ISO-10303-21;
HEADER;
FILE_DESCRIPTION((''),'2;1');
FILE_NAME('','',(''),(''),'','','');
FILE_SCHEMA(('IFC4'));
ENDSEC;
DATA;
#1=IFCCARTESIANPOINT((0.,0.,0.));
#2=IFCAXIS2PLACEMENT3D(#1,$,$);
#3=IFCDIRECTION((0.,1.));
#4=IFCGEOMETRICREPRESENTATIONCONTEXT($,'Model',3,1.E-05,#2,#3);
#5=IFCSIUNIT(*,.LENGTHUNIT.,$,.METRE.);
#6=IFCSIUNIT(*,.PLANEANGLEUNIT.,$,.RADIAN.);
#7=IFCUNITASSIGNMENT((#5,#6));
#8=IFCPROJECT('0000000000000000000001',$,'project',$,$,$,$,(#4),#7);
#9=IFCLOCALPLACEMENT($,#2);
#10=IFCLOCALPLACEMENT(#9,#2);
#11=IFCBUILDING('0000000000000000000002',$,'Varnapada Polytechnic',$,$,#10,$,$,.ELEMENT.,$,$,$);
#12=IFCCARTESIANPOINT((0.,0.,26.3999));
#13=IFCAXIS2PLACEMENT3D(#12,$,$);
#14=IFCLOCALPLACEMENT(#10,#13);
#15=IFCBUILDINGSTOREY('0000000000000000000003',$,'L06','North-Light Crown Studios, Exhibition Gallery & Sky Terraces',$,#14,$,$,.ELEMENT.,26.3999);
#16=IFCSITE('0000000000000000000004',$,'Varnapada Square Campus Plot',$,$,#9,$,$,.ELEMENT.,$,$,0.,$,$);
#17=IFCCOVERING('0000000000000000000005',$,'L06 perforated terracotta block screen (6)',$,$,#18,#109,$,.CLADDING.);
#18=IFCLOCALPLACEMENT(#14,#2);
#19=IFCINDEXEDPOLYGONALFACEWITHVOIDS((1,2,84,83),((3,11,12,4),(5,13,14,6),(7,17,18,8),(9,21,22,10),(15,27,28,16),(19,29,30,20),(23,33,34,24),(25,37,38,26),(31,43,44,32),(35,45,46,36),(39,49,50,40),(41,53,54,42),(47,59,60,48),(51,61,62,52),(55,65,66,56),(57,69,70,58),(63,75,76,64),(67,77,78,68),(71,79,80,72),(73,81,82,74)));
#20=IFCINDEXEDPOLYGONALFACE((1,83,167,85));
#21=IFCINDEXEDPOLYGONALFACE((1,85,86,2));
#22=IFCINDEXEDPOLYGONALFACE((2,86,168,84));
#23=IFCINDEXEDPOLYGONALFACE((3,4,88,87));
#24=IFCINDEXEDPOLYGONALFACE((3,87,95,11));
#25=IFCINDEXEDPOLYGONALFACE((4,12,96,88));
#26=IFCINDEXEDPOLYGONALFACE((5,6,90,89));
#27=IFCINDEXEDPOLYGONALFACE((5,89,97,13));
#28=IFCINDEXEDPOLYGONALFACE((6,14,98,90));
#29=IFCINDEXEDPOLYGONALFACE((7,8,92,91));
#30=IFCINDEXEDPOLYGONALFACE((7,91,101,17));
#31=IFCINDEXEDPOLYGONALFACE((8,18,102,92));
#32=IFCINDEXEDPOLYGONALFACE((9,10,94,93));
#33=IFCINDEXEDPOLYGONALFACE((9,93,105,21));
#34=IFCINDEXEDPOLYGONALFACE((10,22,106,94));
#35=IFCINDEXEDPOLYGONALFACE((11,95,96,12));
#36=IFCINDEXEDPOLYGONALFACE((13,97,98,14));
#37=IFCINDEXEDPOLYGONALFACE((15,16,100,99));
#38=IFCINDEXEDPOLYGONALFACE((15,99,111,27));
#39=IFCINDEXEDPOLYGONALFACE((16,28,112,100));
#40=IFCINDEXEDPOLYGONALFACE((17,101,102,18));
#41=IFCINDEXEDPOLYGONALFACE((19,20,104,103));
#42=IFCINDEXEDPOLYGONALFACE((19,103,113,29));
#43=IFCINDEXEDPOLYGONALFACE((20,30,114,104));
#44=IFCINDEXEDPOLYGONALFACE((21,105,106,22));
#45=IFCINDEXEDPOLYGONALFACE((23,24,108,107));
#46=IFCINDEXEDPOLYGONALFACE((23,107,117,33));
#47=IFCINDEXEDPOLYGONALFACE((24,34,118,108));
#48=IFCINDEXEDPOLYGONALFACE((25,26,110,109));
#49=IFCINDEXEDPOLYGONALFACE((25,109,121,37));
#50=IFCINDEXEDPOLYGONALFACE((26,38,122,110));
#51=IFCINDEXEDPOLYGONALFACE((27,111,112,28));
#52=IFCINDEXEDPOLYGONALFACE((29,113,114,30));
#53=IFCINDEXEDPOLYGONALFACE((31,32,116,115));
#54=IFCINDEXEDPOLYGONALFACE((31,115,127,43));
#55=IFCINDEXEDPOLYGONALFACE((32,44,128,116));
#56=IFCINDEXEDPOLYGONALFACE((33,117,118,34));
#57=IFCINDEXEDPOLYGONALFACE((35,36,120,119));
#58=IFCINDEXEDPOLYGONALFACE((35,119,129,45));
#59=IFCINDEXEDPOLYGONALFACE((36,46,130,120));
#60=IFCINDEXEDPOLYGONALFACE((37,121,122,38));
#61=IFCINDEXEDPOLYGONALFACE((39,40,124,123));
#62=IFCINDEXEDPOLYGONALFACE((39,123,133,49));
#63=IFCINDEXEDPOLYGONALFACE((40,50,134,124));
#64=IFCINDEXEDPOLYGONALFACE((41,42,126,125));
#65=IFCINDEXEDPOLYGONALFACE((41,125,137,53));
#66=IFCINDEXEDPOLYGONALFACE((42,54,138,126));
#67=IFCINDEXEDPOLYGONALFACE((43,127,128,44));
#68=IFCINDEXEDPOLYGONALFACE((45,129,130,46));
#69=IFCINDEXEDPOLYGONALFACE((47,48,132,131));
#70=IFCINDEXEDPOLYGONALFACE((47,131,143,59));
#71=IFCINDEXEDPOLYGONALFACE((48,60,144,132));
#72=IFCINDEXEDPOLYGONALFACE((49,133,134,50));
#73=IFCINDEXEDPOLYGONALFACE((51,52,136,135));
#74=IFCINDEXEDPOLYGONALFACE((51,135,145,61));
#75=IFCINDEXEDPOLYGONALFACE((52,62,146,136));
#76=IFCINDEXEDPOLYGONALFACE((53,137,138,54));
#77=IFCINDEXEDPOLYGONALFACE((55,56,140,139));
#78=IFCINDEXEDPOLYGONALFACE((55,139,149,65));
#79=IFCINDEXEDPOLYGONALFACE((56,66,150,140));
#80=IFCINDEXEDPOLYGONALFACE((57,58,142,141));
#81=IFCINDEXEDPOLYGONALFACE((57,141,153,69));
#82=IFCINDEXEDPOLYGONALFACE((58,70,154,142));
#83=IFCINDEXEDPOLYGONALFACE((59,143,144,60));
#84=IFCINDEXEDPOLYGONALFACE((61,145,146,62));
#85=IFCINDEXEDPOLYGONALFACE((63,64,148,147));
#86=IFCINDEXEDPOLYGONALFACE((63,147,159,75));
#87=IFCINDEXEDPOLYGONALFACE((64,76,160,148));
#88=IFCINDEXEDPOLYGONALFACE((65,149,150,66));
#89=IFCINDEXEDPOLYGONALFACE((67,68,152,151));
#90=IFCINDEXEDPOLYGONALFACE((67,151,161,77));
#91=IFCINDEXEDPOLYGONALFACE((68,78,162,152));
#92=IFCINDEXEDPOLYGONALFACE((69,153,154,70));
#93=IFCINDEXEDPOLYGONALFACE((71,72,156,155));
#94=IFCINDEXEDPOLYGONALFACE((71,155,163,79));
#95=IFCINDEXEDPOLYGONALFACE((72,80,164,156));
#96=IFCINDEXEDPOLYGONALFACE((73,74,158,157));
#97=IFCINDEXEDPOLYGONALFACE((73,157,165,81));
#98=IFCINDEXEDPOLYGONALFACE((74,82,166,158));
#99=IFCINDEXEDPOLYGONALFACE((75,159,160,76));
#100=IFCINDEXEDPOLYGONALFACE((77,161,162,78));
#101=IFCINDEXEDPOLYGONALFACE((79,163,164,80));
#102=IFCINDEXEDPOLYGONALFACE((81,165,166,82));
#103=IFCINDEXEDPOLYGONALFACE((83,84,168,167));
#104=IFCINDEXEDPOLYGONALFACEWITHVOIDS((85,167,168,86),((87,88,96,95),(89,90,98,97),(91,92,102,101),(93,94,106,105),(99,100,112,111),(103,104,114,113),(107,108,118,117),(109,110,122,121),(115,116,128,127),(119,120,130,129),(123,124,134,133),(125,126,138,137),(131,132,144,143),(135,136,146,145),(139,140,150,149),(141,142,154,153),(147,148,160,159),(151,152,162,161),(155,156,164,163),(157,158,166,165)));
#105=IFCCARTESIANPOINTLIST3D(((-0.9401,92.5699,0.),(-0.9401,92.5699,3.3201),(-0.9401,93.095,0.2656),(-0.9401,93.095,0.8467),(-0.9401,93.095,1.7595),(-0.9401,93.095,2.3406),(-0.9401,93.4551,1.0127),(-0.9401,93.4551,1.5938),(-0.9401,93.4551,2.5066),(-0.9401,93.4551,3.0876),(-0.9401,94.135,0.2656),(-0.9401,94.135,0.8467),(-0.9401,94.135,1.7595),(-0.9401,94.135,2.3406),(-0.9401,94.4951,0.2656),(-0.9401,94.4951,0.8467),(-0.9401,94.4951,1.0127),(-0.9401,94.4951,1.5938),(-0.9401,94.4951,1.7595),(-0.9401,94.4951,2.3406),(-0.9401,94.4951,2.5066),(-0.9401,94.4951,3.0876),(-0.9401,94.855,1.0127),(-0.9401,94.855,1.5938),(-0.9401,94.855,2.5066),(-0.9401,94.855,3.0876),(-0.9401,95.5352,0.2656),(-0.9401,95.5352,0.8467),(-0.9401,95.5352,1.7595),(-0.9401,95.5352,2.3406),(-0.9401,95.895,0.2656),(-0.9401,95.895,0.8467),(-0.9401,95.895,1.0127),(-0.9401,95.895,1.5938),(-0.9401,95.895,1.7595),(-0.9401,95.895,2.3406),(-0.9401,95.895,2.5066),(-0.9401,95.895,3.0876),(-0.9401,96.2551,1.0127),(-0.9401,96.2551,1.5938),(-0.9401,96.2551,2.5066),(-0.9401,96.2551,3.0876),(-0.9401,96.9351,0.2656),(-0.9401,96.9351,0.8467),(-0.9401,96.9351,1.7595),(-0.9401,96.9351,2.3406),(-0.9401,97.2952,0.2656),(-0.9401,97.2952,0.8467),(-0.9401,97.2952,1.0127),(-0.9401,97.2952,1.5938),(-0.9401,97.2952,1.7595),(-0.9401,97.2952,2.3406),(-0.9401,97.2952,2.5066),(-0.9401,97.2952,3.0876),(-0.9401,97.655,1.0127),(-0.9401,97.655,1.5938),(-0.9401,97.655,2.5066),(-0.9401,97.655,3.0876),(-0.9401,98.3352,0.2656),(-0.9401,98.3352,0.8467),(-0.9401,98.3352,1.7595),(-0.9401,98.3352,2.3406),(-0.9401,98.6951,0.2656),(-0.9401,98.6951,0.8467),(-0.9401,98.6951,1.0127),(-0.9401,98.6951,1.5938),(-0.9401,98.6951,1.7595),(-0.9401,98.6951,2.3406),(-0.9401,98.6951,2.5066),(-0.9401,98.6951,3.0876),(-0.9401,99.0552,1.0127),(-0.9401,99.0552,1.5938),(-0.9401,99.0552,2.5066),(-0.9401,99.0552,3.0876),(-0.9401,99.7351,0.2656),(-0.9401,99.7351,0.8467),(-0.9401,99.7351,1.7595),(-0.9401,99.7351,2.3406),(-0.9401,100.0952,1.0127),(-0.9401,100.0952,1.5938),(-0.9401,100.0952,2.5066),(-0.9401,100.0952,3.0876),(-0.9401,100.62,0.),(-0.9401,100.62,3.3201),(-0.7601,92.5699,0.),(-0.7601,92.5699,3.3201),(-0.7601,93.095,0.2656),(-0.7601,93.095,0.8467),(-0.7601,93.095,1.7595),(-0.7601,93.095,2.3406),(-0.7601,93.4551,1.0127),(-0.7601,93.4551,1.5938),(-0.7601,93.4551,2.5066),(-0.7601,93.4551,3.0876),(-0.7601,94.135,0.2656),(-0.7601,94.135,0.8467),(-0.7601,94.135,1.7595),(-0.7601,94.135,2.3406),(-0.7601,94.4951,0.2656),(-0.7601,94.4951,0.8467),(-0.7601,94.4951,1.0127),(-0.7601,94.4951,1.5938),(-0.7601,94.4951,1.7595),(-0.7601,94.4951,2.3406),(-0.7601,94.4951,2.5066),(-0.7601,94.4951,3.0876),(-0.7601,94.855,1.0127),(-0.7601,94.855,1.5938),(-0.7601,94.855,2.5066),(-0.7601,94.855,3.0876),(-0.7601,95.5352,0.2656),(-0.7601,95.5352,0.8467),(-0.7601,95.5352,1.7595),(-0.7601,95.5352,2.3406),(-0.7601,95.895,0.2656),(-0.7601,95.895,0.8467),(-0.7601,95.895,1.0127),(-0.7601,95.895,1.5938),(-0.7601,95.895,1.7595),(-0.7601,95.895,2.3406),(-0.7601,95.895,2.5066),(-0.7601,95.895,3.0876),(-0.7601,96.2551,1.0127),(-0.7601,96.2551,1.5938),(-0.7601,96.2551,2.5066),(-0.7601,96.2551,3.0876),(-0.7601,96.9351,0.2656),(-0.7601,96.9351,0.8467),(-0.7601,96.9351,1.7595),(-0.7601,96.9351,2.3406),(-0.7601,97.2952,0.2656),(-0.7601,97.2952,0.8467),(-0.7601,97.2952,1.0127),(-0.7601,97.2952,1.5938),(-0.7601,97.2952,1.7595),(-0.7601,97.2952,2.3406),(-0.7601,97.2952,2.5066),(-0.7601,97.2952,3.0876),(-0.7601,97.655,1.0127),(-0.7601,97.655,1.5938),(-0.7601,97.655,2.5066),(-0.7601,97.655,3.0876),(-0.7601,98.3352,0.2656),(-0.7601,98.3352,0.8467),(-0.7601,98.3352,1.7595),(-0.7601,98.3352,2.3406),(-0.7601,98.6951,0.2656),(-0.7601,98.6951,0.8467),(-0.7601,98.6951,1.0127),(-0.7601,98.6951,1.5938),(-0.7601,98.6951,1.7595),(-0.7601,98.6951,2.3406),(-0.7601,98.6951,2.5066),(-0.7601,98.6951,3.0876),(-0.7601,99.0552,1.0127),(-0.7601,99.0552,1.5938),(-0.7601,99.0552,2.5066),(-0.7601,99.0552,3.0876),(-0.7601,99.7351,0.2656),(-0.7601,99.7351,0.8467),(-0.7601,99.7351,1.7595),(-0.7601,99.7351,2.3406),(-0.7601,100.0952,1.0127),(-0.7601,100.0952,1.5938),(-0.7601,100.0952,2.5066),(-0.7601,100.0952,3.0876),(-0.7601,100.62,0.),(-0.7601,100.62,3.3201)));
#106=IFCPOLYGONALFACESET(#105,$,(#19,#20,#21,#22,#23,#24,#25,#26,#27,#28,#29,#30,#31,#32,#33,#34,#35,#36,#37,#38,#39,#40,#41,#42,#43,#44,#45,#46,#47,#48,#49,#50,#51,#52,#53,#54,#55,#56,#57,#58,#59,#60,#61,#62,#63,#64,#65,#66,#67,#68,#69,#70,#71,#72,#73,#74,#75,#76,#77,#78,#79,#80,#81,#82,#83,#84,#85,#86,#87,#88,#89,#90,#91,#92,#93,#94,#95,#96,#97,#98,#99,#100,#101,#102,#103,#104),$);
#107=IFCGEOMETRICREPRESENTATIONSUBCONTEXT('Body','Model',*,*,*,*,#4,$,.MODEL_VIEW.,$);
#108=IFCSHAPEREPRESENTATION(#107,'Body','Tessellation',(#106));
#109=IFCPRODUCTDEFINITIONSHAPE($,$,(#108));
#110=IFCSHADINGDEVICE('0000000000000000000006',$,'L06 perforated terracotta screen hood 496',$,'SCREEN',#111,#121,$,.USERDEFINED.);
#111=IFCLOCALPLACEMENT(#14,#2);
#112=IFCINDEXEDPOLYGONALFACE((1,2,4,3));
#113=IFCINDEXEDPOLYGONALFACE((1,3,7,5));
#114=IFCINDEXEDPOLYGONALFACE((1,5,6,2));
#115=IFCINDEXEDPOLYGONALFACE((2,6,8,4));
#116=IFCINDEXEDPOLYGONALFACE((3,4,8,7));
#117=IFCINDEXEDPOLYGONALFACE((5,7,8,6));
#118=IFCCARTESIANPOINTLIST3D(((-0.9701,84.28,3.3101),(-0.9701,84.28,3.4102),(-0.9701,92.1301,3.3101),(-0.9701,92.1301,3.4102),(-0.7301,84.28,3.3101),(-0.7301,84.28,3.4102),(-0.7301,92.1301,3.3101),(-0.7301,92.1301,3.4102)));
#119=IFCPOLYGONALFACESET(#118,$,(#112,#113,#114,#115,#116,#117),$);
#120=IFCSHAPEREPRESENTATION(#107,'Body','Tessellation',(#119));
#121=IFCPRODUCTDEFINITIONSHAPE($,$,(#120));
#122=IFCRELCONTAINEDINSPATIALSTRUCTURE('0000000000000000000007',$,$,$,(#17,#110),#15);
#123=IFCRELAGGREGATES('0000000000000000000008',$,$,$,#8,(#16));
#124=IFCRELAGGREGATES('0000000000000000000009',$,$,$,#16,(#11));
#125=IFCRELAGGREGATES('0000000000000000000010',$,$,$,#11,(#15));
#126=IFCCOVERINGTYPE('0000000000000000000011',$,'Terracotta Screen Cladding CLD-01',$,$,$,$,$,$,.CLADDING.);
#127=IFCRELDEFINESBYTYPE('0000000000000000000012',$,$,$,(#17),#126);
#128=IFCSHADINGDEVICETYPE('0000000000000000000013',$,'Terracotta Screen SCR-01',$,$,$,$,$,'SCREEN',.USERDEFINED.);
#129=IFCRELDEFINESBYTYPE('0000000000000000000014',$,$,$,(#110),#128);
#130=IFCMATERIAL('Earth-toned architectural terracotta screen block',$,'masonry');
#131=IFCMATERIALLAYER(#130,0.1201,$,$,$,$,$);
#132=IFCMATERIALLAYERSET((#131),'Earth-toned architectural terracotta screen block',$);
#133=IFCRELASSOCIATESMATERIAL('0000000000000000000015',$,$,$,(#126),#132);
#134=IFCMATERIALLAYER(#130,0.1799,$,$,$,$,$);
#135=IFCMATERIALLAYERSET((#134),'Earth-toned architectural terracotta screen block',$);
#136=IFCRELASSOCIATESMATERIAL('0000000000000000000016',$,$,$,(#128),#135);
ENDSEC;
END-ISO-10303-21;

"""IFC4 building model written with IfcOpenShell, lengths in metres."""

from ifc_helpers import new_model, si_unit, direction, frame, frame_2d, origin, origin_2d, place, context, subcontext, project, spatial, rectangle, extrude, material, layer, layer_set, type_object, element, save


model = new_model("IFC4")

# Units and contexts
model_context = context("Model", 3, precision=1e-05, world=origin(), true_north=direction((0.0, 1.0)))
body_context = subcontext(model_context, "Body", "Model", "MODEL_VIEW")
ifc_project = project(units=[si_unit("LENGTHUNIT", "METRE"), si_unit("PLANEANGLEUNIT", "RADIAN")], contexts=[model_context])

# Site, building, storey
site_placement = place(None, origin())
site = spatial("IfcSite", under=ifc_project, at=site_placement, Name="Varnapada Square Campus Plot", CompositionType="ELEMENT", RefElevation=0.0)
building_placement = place(site_placement, origin())
building = spatial("IfcBuilding", under=site, at=building_placement, Name="Varnapada Polytechnic", CompositionType="ELEMENT")
storey_placement = place(building_placement, frame((0.0, 0.0, 26.3999)))
storey = spatial("IfcBuildingStorey", under=building, at=storey_placement, Name="L06", Description="North-Light Crown Studios, Exhibition Gallery & Sky Terraces", CompositionType="ELEMENT", Elevation=26.3999)

# Covering, openings
ifc_material_1 = material(Name="Earth-toned architectural terracotta screen block", Category="masonry")
ifc_layer_1 = layer(ifc_material_1, 0.1201)
ifc_layer_set_1 = layer_set([ifc_layer_1], Name="Earth-toned architectural terracotta screen block")
covering_type = type_object("IfcCoveringType", Name="Terracotta Screen Cladding CLD-01", PredefinedType="CLADDING", material=ifc_layer_set_1)
covering_placement = place(storey_placement, frame((-0.8501, 92.5701, 0.0), z_axis=(0.0, 0.0, 1.0), x_axis=(0.0, 1.0, 0.0)))
covering = element("IfcCovering", 1, at=covering_placement, inside=storey, type_object=covering_type, Name="L06 perforated terracotta block screen (6)", PredefinedType="CLADDING", context=body_context, shape_type="SweptSolid", body=[
    extrude(rectangle(XDim=8.05, YDim=0.1799, at=frame_2d((4.0249, 0.0))), origin(), (0.0, 0.0, 1.0), 3.3201),
])
opening_1_placement = place(covering_placement, frame((0.5249, 0.0, 0.2656)))
element("IfcOpeningElement", 2, at=opening_1_placement, cuts=covering, PredefinedType="OPENING", context=body_context, shape_type="SweptSolid", body=[
    extrude(rectangle(XDim=1.04, YDim=0.5811, at=frame_2d((0.52, 0.2905))), frame((0.0, 0.0999, 0.0), z_axis=(0.0, -1.0, 0.0), x_axis=(1.0, 0.0, 0.0)), (0.0, 0.0, 1.0), 0.2),
])
opening_2_placement = place(covering_placement, frame((1.925, 0.0, 0.2656)))
element("IfcOpeningElement", 3, at=opening_2_placement, cuts=covering, PredefinedType="OPENING", context=body_context, shape_type="SweptSolid", body=[
    extrude(rectangle(XDim=1.04, YDim=0.5811, at=frame_2d((0.52, 0.2905))), frame((0.0, 0.0999, 0.0), z_axis=(0.0, -1.0, 0.0), x_axis=(1.0, 0.0, 0.0)), (0.0, 0.0, 1.0), 0.2),
])
opening_3_placement = place(covering_placement, frame((3.325, 0.0, 0.2656)))
element("IfcOpeningElement", 4, at=opening_3_placement, cuts=covering, PredefinedType="OPENING", context=body_context, shape_type="SweptSolid", body=[
    extrude(rectangle(XDim=1.04, YDim=0.5811, at=frame_2d((0.52, 0.2905))), frame((0.0, 0.0999, 0.0), z_axis=(0.0, -1.0, 0.0), x_axis=(1.0, 0.0, 0.0)), (0.0, 0.0, 1.0), 0.2),
])
opening_4_placement = place(covering_placement, frame((4.7251, 0.0, 0.2656)))
element("IfcOpeningElement", 5, at=opening_4_placement, cuts=covering, PredefinedType="OPENING", context=body_context, shape_type="SweptSolid", body=[
    extrude(rectangle(XDim=1.04, YDim=0.5811, at=frame_2d((0.52, 0.2905))), frame((0.0, 0.0999, 0.0), z_axis=(0.0, -1.0, 0.0), x_axis=(1.0, 0.0, 0.0)), (0.0, 0.0, 1.0), 0.2),
])
opening_5_placement = place(covering_placement, frame((6.125, 0.0, 0.2656)))
element("IfcOpeningElement", 6, at=opening_5_placement, cuts=covering, PredefinedType="OPENING", context=body_context, shape_type="SweptSolid", body=[
    extrude(rectangle(XDim=1.04, YDim=0.5811, at=frame_2d((0.52, 0.2905))), frame((0.0, 0.0999, 0.0), z_axis=(0.0, -1.0, 0.0), x_axis=(1.0, 0.0, 0.0)), (0.0, 0.0, 1.0), 0.2),
])
opening_6_placement = place(covering_placement, frame((0.885, 0.0, 1.0127)))
element("IfcOpeningElement", 7, at=opening_6_placement, cuts=covering, PredefinedType="OPENING", context=body_context, shape_type="SweptSolid", body=[
    extrude(rectangle(XDim=1.04, YDim=0.5811, at=frame_2d((0.52, 0.2905))), frame((0.0, 0.0999, 0.0), z_axis=(0.0, -1.0, 0.0), x_axis=(1.0, 0.0, 0.0)), (0.0, 0.0, 1.0), 0.2),
])
opening_7_placement = place(covering_placement, frame((2.2849, 0.0, 1.0127)))
element("IfcOpeningElement", 8, at=opening_7_placement, cuts=covering, PredefinedType="OPENING", context=body_context, shape_type="SweptSolid", body=[
    extrude(rectangle(XDim=1.04, YDim=0.5811, at=frame_2d((0.52, 0.2905))), frame((0.0, 0.0999, 0.0), z_axis=(0.0, -1.0, 0.0), x_axis=(1.0, 0.0, 0.0)), (0.0, 0.0, 1.0), 0.2),
])
opening_8_placement = place(covering_placement, frame((3.6851, 0.0, 1.0127)))
element("IfcOpeningElement", 9, at=opening_8_placement, cuts=covering, PredefinedType="OPENING", context=body_context, shape_type="SweptSolid", body=[
    extrude(rectangle(XDim=1.04, YDim=0.5811, at=frame_2d((0.52, 0.2905))), frame((0.0, 0.0999, 0.0), z_axis=(0.0, -1.0, 0.0), x_axis=(1.0, 0.0, 0.0)), (0.0, 0.0, 1.0), 0.2),
])
opening_9_placement = place(covering_placement, frame((5.085, 0.0, 1.0127)))
element("IfcOpeningElement", 10, at=opening_9_placement, cuts=covering, PredefinedType="OPENING", context=body_context, shape_type="SweptSolid", body=[
    extrude(rectangle(XDim=1.04, YDim=0.5811, at=frame_2d((0.52, 0.2905))), frame((0.0, 0.0999, 0.0), z_axis=(0.0, -1.0, 0.0), x_axis=(1.0, 0.0, 0.0)), (0.0, 0.0, 1.0), 0.2),
])
opening_10_placement = place(covering_placement, frame((6.4851, 0.0, 1.0127)))
element("IfcOpeningElement", 11, at=opening_10_placement, cuts=covering, PredefinedType="OPENING", context=body_context, shape_type="SweptSolid", body=[
    extrude(rectangle(XDim=1.04, YDim=0.5811, at=frame_2d((0.52, 0.2905))), frame((0.0, 0.0999, 0.0), z_axis=(0.0, -1.0, 0.0), x_axis=(1.0, 0.0, 0.0)), (0.0, 0.0, 1.0), 0.2),
])
opening_11_placement = place(covering_placement, frame((0.5249, 0.0, 1.7595)))
element("IfcOpeningElement", 12, at=opening_11_placement, cuts=covering, PredefinedType="OPENING", context=body_context, shape_type="SweptSolid", body=[
    extrude(rectangle(XDim=1.04, YDim=0.5811, at=frame_2d((0.52, 0.2905))), frame((0.0, 0.0999, 0.0), z_axis=(0.0, -1.0, 0.0), x_axis=(1.0, 0.0, 0.0)), (0.0, 0.0, 1.0), 0.2),
])
opening_12_placement = place(covering_placement, frame((1.925, 0.0, 1.7595)))
element("IfcOpeningElement", 13, at=opening_12_placement, cuts=covering, PredefinedType="OPENING", context=body_context, shape_type="SweptSolid", body=[
    extrude(rectangle(XDim=1.04, YDim=0.5811, at=frame_2d((0.52, 0.2905))), frame((0.0, 0.0999, 0.0), z_axis=(0.0, -1.0, 0.0), x_axis=(1.0, 0.0, 0.0)), (0.0, 0.0, 1.0), 0.2),
])
opening_13_placement = place(covering_placement, frame((3.325, 0.0, 1.7595)))
element("IfcOpeningElement", 14, at=opening_13_placement, cuts=covering, PredefinedType="OPENING", context=body_context, shape_type="SweptSolid", body=[
    extrude(rectangle(XDim=1.04, YDim=0.5811, at=frame_2d((0.52, 0.2905))), frame((0.0, 0.0999, 0.0), z_axis=(0.0, -1.0, 0.0), x_axis=(1.0, 0.0, 0.0)), (0.0, 0.0, 1.0), 0.2),
])
opening_14_placement = place(covering_placement, frame((4.7251, 0.0, 1.7595)))
element("IfcOpeningElement", 15, at=opening_14_placement, cuts=covering, PredefinedType="OPENING", context=body_context, shape_type="SweptSolid", body=[
    extrude(rectangle(XDim=1.04, YDim=0.5811, at=frame_2d((0.52, 0.2905))), frame((0.0, 0.0999, 0.0), z_axis=(0.0, -1.0, 0.0), x_axis=(1.0, 0.0, 0.0)), (0.0, 0.0, 1.0), 0.2),
])
opening_15_placement = place(covering_placement, frame((6.125, 0.0, 1.7595)))
element("IfcOpeningElement", 16, at=opening_15_placement, cuts=covering, PredefinedType="OPENING", context=body_context, shape_type="SweptSolid", body=[
    extrude(rectangle(XDim=1.04, YDim=0.5811, at=frame_2d((0.52, 0.2905))), frame((0.0, 0.0999, 0.0), z_axis=(0.0, -1.0, 0.0), x_axis=(1.0, 0.0, 0.0)), (0.0, 0.0, 1.0), 0.2),
])
opening_16_placement = place(covering_placement, frame((0.885, 0.0, 2.5066)))
element("IfcOpeningElement", 17, at=opening_16_placement, cuts=covering, PredefinedType="OPENING", context=body_context, shape_type="SweptSolid", body=[
    extrude(rectangle(XDim=1.04, YDim=0.5811, at=frame_2d((0.52, 0.2905))), frame((0.0, 0.0999, 0.0), z_axis=(0.0, -1.0, 0.0), x_axis=(1.0, 0.0, 0.0)), (0.0, 0.0, 1.0), 0.2),
])
opening_17_placement = place(covering_placement, frame((2.2849, 0.0, 2.5066)))
element("IfcOpeningElement", 18, at=opening_17_placement, cuts=covering, PredefinedType="OPENING", context=body_context, shape_type="SweptSolid", body=[
    extrude(rectangle(XDim=1.04, YDim=0.5811, at=frame_2d((0.52, 0.2905))), frame((0.0, 0.0999, 0.0), z_axis=(0.0, -1.0, 0.0), x_axis=(1.0, 0.0, 0.0)), (0.0, 0.0, 1.0), 0.2),
])
opening_18_placement = place(covering_placement, frame((3.6851, 0.0, 2.5066)))
element("IfcOpeningElement", 19, at=opening_18_placement, cuts=covering, PredefinedType="OPENING", context=body_context, shape_type="SweptSolid", body=[
    extrude(rectangle(XDim=1.04, YDim=0.5811, at=frame_2d((0.52, 0.2905))), frame((0.0, 0.0999, 0.0), z_axis=(0.0, -1.0, 0.0), x_axis=(1.0, 0.0, 0.0)), (0.0, 0.0, 1.0), 0.2),
])
opening_19_placement = place(covering_placement, frame((5.085, 0.0, 2.5066)))
element("IfcOpeningElement", 20, at=opening_19_placement, cuts=covering, PredefinedType="OPENING", context=body_context, shape_type="SweptSolid", body=[
    extrude(rectangle(XDim=1.04, YDim=0.5811, at=frame_2d((0.52, 0.2905))), frame((0.0, 0.0999, 0.0), z_axis=(0.0, -1.0, 0.0), x_axis=(1.0, 0.0, 0.0)), (0.0, 0.0, 1.0), 0.2),
])
opening_20_placement = place(covering_placement, frame((6.4851, 0.0, 2.5066)))
element("IfcOpeningElement", 21, at=opening_20_placement, cuts=covering, PredefinedType="OPENING", context=body_context, shape_type="SweptSolid", body=[
    extrude(rectangle(XDim=1.04, YDim=0.5811, at=frame_2d((0.52, 0.2905))), frame((0.0, 0.0999, 0.0), z_axis=(0.0, -1.0, 0.0), x_axis=(1.0, 0.0, 0.0)), (0.0, 0.0, 1.0), 0.2),
])

# Shading device
ifc_layer_2 = layer(ifc_material_1, 0.1799)
ifc_layer_set_2 = layer_set([ifc_layer_2], Name="Earth-toned architectural terracotta screen block")
shading_device_type = type_object("IfcShadingDeviceType", Name="Terracotta Screen SCR-01", ElementType="SCREEN", PredefinedType="USERDEFINED", material=ifc_layer_set_2)
shading_device_placement = place(storey_placement, frame((-0.8501, 88.2051, 3.3101), z_axis=(0.0, 0.0, 1.0), x_axis=(0.0, 1.0, 0.0)))
element("IfcShadingDevice", 22, at=shading_device_placement, inside=storey, type_object=shading_device_type, Name="L06 perforated terracotta screen hood 496", ObjectType="SCREEN", PredefinedType="USERDEFINED", context=body_context, shape_type="SweptSolid", body=[
    extrude(rectangle(XDim=7.8501, YDim=0.24, at=origin_2d()), origin(), (0.0, 0.0, 1.0), 0.1001),
])

save(model, "model.ifc")
